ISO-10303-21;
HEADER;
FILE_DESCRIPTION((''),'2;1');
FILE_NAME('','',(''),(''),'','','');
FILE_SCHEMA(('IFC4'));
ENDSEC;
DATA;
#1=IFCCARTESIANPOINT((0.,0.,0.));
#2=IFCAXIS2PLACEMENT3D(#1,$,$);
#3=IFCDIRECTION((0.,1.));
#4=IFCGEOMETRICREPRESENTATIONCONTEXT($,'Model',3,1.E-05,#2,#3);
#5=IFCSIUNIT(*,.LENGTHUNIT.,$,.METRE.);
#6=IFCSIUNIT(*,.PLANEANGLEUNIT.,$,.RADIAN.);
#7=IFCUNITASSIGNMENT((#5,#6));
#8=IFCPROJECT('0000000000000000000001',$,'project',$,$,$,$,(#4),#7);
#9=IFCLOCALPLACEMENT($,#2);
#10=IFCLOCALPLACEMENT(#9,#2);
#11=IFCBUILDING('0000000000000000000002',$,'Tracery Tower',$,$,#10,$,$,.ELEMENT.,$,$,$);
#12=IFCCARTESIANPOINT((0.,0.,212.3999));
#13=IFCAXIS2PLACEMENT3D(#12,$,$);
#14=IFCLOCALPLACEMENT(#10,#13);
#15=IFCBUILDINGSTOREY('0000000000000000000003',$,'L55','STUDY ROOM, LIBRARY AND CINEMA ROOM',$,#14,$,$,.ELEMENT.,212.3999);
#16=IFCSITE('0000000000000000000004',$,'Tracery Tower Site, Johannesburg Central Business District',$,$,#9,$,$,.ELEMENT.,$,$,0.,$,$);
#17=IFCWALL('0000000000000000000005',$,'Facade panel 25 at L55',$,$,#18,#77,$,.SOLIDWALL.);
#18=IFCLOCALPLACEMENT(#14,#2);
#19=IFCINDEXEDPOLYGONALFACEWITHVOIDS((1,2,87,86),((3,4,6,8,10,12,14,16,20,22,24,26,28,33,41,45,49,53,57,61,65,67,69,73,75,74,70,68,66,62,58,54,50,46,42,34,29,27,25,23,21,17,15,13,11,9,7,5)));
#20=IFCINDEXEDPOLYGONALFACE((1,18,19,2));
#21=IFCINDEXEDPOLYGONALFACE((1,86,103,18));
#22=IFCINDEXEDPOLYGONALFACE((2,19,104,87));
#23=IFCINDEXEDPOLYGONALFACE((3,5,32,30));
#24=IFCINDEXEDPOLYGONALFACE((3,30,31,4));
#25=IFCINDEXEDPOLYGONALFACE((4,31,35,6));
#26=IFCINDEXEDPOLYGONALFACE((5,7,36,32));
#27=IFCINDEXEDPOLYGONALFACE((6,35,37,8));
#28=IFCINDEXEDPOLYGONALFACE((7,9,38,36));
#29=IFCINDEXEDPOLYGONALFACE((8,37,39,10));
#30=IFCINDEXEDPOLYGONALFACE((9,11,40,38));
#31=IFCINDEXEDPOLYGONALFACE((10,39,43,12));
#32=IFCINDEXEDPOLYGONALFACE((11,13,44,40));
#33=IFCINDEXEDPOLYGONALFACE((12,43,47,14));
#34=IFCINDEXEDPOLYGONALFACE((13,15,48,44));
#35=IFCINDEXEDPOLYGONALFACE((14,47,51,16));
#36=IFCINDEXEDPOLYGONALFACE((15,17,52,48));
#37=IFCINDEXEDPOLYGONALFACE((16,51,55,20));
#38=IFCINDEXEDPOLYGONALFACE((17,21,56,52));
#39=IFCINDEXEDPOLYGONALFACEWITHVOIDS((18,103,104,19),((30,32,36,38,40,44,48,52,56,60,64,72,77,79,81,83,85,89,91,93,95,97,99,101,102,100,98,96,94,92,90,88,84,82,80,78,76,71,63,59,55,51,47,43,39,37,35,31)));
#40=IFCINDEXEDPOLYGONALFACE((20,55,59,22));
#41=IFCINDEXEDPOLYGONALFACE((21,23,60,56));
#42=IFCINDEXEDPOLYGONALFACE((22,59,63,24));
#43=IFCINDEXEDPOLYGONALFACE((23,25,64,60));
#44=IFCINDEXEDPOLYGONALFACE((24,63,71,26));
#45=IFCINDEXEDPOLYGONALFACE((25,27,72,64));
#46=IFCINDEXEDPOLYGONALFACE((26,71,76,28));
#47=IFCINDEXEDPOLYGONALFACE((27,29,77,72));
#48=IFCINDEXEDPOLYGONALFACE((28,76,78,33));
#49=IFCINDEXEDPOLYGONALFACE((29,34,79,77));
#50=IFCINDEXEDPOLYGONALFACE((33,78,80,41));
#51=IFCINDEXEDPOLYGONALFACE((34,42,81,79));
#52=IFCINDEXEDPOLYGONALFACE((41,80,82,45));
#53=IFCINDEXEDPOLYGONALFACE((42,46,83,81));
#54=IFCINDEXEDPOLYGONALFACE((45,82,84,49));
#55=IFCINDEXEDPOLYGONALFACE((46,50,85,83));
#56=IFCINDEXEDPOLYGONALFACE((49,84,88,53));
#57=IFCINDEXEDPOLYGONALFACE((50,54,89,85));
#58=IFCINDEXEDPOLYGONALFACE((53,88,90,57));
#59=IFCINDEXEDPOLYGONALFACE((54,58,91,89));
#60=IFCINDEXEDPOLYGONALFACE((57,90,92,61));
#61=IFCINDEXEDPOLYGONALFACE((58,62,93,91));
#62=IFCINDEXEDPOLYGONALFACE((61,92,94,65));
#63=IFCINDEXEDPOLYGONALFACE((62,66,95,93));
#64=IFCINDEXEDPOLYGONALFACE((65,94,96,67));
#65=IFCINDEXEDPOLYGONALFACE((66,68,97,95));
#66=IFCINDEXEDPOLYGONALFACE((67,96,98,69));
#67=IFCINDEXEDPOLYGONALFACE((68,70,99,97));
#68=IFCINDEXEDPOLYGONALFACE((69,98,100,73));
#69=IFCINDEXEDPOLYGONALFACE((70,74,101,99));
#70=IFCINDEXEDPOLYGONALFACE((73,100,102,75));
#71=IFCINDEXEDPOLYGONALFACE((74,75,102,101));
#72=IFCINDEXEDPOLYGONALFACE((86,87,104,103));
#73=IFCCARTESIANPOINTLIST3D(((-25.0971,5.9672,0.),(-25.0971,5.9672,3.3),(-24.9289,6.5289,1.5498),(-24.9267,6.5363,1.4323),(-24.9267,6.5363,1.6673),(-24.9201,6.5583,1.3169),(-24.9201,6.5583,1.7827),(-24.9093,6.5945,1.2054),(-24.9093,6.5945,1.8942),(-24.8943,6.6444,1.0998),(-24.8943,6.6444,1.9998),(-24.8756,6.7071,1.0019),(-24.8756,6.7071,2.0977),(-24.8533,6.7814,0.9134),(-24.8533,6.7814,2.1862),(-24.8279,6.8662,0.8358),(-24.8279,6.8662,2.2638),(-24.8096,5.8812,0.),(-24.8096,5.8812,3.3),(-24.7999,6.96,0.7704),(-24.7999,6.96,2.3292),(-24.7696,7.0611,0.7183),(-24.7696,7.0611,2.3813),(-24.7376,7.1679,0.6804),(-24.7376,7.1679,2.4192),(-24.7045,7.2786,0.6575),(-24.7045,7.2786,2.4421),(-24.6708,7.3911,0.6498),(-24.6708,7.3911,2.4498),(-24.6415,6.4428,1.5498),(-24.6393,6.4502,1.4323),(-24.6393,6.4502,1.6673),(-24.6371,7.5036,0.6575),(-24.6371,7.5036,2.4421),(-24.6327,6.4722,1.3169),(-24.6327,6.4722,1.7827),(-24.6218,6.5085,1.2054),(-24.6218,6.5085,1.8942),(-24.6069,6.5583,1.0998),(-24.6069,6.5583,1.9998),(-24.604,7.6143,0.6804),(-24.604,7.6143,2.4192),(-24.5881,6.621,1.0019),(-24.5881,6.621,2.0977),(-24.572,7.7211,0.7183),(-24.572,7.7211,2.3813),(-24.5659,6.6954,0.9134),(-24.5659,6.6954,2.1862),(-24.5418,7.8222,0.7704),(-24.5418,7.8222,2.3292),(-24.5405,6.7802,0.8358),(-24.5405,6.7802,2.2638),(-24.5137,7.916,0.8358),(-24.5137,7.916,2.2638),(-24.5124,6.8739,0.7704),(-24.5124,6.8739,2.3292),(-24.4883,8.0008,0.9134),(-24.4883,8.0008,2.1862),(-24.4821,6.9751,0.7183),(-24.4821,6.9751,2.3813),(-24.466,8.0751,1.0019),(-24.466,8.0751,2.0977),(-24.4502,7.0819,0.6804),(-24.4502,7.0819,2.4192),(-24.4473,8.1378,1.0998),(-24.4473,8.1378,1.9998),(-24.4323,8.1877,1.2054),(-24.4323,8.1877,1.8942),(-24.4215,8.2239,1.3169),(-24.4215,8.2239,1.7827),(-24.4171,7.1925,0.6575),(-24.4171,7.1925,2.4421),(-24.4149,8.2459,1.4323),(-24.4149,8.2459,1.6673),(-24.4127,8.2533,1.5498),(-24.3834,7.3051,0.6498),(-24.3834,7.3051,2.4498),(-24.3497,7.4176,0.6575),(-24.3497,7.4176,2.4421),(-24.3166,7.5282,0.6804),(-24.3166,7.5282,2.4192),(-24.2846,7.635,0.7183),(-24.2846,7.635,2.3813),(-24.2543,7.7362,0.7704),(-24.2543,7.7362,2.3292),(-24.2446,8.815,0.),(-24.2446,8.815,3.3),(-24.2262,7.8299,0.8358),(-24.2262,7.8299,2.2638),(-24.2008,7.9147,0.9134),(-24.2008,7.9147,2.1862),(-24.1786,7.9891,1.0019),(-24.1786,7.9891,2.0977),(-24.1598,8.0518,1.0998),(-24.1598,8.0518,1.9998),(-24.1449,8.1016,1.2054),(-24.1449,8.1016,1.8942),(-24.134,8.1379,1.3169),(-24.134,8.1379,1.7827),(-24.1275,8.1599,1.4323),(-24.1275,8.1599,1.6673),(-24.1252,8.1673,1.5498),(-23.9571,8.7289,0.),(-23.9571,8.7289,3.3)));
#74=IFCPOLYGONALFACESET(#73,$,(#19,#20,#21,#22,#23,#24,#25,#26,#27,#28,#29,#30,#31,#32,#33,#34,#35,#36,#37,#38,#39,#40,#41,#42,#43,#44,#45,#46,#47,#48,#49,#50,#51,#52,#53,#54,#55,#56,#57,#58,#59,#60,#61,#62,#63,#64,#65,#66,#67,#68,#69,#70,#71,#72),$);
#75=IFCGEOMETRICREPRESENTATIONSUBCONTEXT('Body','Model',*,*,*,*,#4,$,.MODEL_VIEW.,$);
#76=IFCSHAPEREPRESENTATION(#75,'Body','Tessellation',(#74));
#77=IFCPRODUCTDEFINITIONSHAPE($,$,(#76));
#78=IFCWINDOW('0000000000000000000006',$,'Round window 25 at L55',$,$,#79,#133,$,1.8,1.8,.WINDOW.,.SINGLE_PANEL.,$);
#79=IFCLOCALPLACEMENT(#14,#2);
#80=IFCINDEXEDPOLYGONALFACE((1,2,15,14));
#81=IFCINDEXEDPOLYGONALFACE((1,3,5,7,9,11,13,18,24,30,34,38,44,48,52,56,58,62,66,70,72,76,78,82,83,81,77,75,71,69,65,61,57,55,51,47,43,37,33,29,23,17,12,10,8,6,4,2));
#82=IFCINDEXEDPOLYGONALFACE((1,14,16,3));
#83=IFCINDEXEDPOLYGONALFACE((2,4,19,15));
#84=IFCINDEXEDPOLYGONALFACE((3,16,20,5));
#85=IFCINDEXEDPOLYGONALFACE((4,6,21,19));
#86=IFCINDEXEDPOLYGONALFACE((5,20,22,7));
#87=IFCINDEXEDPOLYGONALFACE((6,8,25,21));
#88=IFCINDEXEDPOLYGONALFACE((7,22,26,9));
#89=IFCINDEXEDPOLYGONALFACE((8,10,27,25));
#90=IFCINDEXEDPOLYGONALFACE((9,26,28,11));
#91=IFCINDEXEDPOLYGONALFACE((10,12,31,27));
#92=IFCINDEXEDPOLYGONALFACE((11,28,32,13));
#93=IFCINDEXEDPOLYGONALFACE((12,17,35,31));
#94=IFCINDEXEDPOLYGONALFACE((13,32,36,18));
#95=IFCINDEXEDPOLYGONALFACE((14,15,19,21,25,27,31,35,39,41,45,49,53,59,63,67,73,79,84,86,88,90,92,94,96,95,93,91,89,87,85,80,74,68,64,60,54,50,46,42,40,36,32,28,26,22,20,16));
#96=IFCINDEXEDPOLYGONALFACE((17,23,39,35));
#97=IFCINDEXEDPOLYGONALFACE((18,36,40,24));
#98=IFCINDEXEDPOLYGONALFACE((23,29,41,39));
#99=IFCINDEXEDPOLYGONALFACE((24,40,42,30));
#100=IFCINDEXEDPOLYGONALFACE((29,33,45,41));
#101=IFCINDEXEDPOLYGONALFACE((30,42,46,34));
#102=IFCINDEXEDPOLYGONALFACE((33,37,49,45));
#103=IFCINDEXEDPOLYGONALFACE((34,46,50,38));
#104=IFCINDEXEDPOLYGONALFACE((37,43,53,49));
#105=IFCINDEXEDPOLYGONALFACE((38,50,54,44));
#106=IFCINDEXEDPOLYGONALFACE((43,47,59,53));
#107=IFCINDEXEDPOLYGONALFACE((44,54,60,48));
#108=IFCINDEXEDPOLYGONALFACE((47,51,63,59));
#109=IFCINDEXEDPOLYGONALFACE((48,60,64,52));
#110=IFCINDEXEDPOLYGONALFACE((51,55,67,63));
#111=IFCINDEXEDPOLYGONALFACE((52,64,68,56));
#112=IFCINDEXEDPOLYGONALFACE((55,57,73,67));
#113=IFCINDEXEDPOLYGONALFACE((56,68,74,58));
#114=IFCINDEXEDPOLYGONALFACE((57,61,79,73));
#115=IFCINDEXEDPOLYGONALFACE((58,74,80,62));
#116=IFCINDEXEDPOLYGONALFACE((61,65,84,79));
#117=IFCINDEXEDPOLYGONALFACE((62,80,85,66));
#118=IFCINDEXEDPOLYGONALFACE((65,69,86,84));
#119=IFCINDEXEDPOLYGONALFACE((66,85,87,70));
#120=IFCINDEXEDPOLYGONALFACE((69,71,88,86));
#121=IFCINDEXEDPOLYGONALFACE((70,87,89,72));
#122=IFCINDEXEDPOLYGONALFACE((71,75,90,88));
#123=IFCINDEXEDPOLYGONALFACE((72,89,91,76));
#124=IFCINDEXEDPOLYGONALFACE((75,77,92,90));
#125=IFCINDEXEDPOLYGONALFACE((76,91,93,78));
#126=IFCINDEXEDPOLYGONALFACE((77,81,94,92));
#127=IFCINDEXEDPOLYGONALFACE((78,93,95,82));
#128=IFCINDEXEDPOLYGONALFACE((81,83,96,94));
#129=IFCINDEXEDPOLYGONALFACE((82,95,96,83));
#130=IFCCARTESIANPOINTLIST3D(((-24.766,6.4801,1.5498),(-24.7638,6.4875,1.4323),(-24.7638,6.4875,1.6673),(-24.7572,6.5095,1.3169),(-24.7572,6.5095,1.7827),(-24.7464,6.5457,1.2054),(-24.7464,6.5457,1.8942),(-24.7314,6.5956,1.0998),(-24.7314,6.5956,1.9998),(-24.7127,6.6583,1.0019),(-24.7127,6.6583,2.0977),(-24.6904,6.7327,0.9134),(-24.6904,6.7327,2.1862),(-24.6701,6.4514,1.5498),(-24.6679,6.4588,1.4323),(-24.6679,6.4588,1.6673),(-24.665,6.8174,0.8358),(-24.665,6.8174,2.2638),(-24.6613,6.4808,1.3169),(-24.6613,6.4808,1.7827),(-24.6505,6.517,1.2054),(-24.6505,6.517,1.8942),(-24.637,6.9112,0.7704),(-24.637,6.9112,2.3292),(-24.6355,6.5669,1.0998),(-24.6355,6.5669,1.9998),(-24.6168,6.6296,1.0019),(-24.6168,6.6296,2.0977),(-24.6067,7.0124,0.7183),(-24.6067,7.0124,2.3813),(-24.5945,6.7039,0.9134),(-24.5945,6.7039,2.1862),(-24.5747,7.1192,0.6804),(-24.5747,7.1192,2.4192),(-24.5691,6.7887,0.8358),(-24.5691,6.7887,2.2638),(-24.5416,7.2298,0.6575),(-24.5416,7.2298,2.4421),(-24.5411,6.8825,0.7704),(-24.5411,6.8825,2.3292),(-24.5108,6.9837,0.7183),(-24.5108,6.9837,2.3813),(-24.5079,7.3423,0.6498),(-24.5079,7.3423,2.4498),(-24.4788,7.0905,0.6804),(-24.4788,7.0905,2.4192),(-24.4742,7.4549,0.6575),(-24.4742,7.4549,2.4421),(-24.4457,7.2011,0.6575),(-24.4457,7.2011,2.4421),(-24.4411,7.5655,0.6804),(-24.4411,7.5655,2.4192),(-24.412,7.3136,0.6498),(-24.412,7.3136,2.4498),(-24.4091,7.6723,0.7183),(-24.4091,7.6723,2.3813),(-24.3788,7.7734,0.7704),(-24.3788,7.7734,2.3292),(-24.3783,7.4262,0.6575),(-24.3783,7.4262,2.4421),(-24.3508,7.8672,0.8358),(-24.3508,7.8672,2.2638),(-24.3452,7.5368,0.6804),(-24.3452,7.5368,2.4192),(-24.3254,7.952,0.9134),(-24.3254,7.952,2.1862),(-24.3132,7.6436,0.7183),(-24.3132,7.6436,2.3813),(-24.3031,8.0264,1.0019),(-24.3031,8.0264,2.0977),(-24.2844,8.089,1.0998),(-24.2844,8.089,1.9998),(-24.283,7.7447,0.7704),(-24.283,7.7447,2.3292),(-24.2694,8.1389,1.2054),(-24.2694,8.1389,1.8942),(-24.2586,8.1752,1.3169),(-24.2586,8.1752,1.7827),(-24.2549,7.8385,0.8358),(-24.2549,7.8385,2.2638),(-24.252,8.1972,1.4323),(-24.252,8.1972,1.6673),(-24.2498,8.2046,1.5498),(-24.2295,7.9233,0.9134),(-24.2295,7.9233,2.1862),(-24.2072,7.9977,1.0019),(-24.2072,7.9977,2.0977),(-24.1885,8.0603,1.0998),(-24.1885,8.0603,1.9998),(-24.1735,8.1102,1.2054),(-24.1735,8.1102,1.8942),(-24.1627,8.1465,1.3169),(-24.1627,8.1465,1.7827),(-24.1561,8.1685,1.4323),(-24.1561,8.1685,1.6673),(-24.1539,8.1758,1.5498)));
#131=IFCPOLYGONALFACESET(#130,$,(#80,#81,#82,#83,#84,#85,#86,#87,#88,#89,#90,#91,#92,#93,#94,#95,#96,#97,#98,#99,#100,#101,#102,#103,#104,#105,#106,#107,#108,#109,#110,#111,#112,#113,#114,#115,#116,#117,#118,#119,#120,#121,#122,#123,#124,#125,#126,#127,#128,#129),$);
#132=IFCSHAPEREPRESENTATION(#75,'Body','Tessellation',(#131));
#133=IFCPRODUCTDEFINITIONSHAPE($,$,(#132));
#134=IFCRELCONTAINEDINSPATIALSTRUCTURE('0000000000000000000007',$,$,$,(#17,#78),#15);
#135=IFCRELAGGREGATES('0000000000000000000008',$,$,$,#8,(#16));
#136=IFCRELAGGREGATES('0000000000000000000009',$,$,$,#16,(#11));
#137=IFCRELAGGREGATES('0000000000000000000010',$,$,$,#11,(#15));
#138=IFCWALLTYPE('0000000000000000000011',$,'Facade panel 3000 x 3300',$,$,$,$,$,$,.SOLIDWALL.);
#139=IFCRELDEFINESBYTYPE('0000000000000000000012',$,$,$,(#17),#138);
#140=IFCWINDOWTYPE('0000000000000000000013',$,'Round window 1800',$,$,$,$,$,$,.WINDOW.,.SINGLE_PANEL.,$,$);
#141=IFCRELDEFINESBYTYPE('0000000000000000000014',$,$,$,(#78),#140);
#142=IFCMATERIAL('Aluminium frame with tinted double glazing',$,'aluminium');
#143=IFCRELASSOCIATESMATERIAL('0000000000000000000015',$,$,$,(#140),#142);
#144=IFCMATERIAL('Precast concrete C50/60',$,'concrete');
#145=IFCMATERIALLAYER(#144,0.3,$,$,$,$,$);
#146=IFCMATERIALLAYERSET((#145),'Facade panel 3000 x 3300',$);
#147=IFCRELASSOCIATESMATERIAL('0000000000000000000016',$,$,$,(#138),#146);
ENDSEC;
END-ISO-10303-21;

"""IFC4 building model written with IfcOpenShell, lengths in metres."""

from ifc_helpers import new_model, si_unit, direction, frame, frame_2d, origin, origin_2d, place, context, subcontext, project, spatial, rectangle, circle, extrude, material, layer, layer_set, type_object, element, fill, save


model = new_model("IFC4")

# Units and contexts
model_context = context("Model", 3, precision=1e-05, world=origin(), true_north=direction((0.0, 1.0)))
body_context = subcontext(model_context, "Body", "Model", "MODEL_VIEW")
ifc_project = project(units=[si_unit("LENGTHUNIT", "METRE"), si_unit("PLANEANGLEUNIT", "RADIAN")], contexts=[model_context])

# Site, building, storey
site_placement = place(None, origin())
site = spatial("IfcSite", under=ifc_project, at=site_placement, Name="Tracery Tower Site, Johannesburg Central Business District", CompositionType="ELEMENT", RefElevation=0.0)
building_placement = place(site_placement, origin())
building = spatial("IfcBuilding", under=site, at=building_placement, Name="Tracery Tower", CompositionType="ELEMENT")
storey_placement = place(building_placement, frame((0.0, 0.0, 212.3999)))
storey = spatial("IfcBuildingStorey", under=building, at=storey_placement, Name="L55", Description="STUDY ROOM, LIBRARY AND CINEMA ROOM", CompositionType="ELEMENT", Elevation=212.3999)

# Wall, opening, window
ifc_material_1 = material(Name="Aluminium frame with tinted double glazing", Category="aluminium")
window_type = type_object("IfcWindowType", Name="Round window 1800", PartitioningType="SINGLE_PANEL", PredefinedType="WINDOW", material=ifc_material_1)
ifc_material_2 = material(Name="Precast concrete C50/60", Category="concrete")
ifc_layer_1 = layer(ifc_material_2, 0.3)
ifc_layer_set_1 = layer_set([ifc_layer_1], Name="Facade panel 3000 x 3300")
wall_type_1 = type_object("IfcWallType", Name="Facade panel 3000 x 3300", PredefinedType="SOLIDWALL", material=ifc_layer_set_1)
wall_1_placement = place(storey_placement, frame((-24.1008, 8.772, 0.0), z_axis=(0.0, 0.0, 1.0), x_axis=(-0.286783, -0.957996, 0.0)))
wall_1 = element("IfcWall", 1, at=wall_1_placement, inside=storey, type_object=wall_type_1, Name="Facade panel 25 at L55", PredefinedType="SOLIDWALL", context=body_context, shape_type="SweptSolid", body=[
    extrude(rectangle(XDim=2.9727, YDim=0.3, at=frame_2d((1.4863, 0.0))), origin(), (0.0, 0.0, 1.0), 3.3),
])
opening_1_placement = place(wall_1_placement, frame((1.4863, 0.0, 1.5498)))
opening_1 = element("IfcOpeningElement", 2, at=opening_1_placement, cuts=wall_1, PredefinedType="OPENING", context=body_context, shape_type="SweptSolid", body=[
    extrude(circle(Radius=0.9, at=origin_2d()), frame((0.0, 0.1599, 0.0), z_axis=(0.0, -1.0, 0.0), x_axis=(1.0, 0.0, 0.0)), (0.0, 0.0, 1.0), 0.3201),
])
window_1_placement = place(opening_1_placement, origin())
window_1 = element("IfcWindow", 3, at=window_1_placement, inside=storey, type_object=window_type, Name="Round window 25 at L55", OverallHeight=1.8, OverallWidth=1.8, PartitioningType="SINGLE_PANEL", PredefinedType="WINDOW", context=body_context, shape_type="SweptSolid", body=[
    extrude(circle(Radius=0.9, at=origin_2d()), frame((0.0, 0.1201, 0.0), z_axis=(0.0, -1.0, 0.0), x_axis=(1.0, 0.0, 0.0)), (0.0, 0.0, 1.0), 0.1001),
])
fill(opening_1, window_1)

save(model, "model.ifc")
